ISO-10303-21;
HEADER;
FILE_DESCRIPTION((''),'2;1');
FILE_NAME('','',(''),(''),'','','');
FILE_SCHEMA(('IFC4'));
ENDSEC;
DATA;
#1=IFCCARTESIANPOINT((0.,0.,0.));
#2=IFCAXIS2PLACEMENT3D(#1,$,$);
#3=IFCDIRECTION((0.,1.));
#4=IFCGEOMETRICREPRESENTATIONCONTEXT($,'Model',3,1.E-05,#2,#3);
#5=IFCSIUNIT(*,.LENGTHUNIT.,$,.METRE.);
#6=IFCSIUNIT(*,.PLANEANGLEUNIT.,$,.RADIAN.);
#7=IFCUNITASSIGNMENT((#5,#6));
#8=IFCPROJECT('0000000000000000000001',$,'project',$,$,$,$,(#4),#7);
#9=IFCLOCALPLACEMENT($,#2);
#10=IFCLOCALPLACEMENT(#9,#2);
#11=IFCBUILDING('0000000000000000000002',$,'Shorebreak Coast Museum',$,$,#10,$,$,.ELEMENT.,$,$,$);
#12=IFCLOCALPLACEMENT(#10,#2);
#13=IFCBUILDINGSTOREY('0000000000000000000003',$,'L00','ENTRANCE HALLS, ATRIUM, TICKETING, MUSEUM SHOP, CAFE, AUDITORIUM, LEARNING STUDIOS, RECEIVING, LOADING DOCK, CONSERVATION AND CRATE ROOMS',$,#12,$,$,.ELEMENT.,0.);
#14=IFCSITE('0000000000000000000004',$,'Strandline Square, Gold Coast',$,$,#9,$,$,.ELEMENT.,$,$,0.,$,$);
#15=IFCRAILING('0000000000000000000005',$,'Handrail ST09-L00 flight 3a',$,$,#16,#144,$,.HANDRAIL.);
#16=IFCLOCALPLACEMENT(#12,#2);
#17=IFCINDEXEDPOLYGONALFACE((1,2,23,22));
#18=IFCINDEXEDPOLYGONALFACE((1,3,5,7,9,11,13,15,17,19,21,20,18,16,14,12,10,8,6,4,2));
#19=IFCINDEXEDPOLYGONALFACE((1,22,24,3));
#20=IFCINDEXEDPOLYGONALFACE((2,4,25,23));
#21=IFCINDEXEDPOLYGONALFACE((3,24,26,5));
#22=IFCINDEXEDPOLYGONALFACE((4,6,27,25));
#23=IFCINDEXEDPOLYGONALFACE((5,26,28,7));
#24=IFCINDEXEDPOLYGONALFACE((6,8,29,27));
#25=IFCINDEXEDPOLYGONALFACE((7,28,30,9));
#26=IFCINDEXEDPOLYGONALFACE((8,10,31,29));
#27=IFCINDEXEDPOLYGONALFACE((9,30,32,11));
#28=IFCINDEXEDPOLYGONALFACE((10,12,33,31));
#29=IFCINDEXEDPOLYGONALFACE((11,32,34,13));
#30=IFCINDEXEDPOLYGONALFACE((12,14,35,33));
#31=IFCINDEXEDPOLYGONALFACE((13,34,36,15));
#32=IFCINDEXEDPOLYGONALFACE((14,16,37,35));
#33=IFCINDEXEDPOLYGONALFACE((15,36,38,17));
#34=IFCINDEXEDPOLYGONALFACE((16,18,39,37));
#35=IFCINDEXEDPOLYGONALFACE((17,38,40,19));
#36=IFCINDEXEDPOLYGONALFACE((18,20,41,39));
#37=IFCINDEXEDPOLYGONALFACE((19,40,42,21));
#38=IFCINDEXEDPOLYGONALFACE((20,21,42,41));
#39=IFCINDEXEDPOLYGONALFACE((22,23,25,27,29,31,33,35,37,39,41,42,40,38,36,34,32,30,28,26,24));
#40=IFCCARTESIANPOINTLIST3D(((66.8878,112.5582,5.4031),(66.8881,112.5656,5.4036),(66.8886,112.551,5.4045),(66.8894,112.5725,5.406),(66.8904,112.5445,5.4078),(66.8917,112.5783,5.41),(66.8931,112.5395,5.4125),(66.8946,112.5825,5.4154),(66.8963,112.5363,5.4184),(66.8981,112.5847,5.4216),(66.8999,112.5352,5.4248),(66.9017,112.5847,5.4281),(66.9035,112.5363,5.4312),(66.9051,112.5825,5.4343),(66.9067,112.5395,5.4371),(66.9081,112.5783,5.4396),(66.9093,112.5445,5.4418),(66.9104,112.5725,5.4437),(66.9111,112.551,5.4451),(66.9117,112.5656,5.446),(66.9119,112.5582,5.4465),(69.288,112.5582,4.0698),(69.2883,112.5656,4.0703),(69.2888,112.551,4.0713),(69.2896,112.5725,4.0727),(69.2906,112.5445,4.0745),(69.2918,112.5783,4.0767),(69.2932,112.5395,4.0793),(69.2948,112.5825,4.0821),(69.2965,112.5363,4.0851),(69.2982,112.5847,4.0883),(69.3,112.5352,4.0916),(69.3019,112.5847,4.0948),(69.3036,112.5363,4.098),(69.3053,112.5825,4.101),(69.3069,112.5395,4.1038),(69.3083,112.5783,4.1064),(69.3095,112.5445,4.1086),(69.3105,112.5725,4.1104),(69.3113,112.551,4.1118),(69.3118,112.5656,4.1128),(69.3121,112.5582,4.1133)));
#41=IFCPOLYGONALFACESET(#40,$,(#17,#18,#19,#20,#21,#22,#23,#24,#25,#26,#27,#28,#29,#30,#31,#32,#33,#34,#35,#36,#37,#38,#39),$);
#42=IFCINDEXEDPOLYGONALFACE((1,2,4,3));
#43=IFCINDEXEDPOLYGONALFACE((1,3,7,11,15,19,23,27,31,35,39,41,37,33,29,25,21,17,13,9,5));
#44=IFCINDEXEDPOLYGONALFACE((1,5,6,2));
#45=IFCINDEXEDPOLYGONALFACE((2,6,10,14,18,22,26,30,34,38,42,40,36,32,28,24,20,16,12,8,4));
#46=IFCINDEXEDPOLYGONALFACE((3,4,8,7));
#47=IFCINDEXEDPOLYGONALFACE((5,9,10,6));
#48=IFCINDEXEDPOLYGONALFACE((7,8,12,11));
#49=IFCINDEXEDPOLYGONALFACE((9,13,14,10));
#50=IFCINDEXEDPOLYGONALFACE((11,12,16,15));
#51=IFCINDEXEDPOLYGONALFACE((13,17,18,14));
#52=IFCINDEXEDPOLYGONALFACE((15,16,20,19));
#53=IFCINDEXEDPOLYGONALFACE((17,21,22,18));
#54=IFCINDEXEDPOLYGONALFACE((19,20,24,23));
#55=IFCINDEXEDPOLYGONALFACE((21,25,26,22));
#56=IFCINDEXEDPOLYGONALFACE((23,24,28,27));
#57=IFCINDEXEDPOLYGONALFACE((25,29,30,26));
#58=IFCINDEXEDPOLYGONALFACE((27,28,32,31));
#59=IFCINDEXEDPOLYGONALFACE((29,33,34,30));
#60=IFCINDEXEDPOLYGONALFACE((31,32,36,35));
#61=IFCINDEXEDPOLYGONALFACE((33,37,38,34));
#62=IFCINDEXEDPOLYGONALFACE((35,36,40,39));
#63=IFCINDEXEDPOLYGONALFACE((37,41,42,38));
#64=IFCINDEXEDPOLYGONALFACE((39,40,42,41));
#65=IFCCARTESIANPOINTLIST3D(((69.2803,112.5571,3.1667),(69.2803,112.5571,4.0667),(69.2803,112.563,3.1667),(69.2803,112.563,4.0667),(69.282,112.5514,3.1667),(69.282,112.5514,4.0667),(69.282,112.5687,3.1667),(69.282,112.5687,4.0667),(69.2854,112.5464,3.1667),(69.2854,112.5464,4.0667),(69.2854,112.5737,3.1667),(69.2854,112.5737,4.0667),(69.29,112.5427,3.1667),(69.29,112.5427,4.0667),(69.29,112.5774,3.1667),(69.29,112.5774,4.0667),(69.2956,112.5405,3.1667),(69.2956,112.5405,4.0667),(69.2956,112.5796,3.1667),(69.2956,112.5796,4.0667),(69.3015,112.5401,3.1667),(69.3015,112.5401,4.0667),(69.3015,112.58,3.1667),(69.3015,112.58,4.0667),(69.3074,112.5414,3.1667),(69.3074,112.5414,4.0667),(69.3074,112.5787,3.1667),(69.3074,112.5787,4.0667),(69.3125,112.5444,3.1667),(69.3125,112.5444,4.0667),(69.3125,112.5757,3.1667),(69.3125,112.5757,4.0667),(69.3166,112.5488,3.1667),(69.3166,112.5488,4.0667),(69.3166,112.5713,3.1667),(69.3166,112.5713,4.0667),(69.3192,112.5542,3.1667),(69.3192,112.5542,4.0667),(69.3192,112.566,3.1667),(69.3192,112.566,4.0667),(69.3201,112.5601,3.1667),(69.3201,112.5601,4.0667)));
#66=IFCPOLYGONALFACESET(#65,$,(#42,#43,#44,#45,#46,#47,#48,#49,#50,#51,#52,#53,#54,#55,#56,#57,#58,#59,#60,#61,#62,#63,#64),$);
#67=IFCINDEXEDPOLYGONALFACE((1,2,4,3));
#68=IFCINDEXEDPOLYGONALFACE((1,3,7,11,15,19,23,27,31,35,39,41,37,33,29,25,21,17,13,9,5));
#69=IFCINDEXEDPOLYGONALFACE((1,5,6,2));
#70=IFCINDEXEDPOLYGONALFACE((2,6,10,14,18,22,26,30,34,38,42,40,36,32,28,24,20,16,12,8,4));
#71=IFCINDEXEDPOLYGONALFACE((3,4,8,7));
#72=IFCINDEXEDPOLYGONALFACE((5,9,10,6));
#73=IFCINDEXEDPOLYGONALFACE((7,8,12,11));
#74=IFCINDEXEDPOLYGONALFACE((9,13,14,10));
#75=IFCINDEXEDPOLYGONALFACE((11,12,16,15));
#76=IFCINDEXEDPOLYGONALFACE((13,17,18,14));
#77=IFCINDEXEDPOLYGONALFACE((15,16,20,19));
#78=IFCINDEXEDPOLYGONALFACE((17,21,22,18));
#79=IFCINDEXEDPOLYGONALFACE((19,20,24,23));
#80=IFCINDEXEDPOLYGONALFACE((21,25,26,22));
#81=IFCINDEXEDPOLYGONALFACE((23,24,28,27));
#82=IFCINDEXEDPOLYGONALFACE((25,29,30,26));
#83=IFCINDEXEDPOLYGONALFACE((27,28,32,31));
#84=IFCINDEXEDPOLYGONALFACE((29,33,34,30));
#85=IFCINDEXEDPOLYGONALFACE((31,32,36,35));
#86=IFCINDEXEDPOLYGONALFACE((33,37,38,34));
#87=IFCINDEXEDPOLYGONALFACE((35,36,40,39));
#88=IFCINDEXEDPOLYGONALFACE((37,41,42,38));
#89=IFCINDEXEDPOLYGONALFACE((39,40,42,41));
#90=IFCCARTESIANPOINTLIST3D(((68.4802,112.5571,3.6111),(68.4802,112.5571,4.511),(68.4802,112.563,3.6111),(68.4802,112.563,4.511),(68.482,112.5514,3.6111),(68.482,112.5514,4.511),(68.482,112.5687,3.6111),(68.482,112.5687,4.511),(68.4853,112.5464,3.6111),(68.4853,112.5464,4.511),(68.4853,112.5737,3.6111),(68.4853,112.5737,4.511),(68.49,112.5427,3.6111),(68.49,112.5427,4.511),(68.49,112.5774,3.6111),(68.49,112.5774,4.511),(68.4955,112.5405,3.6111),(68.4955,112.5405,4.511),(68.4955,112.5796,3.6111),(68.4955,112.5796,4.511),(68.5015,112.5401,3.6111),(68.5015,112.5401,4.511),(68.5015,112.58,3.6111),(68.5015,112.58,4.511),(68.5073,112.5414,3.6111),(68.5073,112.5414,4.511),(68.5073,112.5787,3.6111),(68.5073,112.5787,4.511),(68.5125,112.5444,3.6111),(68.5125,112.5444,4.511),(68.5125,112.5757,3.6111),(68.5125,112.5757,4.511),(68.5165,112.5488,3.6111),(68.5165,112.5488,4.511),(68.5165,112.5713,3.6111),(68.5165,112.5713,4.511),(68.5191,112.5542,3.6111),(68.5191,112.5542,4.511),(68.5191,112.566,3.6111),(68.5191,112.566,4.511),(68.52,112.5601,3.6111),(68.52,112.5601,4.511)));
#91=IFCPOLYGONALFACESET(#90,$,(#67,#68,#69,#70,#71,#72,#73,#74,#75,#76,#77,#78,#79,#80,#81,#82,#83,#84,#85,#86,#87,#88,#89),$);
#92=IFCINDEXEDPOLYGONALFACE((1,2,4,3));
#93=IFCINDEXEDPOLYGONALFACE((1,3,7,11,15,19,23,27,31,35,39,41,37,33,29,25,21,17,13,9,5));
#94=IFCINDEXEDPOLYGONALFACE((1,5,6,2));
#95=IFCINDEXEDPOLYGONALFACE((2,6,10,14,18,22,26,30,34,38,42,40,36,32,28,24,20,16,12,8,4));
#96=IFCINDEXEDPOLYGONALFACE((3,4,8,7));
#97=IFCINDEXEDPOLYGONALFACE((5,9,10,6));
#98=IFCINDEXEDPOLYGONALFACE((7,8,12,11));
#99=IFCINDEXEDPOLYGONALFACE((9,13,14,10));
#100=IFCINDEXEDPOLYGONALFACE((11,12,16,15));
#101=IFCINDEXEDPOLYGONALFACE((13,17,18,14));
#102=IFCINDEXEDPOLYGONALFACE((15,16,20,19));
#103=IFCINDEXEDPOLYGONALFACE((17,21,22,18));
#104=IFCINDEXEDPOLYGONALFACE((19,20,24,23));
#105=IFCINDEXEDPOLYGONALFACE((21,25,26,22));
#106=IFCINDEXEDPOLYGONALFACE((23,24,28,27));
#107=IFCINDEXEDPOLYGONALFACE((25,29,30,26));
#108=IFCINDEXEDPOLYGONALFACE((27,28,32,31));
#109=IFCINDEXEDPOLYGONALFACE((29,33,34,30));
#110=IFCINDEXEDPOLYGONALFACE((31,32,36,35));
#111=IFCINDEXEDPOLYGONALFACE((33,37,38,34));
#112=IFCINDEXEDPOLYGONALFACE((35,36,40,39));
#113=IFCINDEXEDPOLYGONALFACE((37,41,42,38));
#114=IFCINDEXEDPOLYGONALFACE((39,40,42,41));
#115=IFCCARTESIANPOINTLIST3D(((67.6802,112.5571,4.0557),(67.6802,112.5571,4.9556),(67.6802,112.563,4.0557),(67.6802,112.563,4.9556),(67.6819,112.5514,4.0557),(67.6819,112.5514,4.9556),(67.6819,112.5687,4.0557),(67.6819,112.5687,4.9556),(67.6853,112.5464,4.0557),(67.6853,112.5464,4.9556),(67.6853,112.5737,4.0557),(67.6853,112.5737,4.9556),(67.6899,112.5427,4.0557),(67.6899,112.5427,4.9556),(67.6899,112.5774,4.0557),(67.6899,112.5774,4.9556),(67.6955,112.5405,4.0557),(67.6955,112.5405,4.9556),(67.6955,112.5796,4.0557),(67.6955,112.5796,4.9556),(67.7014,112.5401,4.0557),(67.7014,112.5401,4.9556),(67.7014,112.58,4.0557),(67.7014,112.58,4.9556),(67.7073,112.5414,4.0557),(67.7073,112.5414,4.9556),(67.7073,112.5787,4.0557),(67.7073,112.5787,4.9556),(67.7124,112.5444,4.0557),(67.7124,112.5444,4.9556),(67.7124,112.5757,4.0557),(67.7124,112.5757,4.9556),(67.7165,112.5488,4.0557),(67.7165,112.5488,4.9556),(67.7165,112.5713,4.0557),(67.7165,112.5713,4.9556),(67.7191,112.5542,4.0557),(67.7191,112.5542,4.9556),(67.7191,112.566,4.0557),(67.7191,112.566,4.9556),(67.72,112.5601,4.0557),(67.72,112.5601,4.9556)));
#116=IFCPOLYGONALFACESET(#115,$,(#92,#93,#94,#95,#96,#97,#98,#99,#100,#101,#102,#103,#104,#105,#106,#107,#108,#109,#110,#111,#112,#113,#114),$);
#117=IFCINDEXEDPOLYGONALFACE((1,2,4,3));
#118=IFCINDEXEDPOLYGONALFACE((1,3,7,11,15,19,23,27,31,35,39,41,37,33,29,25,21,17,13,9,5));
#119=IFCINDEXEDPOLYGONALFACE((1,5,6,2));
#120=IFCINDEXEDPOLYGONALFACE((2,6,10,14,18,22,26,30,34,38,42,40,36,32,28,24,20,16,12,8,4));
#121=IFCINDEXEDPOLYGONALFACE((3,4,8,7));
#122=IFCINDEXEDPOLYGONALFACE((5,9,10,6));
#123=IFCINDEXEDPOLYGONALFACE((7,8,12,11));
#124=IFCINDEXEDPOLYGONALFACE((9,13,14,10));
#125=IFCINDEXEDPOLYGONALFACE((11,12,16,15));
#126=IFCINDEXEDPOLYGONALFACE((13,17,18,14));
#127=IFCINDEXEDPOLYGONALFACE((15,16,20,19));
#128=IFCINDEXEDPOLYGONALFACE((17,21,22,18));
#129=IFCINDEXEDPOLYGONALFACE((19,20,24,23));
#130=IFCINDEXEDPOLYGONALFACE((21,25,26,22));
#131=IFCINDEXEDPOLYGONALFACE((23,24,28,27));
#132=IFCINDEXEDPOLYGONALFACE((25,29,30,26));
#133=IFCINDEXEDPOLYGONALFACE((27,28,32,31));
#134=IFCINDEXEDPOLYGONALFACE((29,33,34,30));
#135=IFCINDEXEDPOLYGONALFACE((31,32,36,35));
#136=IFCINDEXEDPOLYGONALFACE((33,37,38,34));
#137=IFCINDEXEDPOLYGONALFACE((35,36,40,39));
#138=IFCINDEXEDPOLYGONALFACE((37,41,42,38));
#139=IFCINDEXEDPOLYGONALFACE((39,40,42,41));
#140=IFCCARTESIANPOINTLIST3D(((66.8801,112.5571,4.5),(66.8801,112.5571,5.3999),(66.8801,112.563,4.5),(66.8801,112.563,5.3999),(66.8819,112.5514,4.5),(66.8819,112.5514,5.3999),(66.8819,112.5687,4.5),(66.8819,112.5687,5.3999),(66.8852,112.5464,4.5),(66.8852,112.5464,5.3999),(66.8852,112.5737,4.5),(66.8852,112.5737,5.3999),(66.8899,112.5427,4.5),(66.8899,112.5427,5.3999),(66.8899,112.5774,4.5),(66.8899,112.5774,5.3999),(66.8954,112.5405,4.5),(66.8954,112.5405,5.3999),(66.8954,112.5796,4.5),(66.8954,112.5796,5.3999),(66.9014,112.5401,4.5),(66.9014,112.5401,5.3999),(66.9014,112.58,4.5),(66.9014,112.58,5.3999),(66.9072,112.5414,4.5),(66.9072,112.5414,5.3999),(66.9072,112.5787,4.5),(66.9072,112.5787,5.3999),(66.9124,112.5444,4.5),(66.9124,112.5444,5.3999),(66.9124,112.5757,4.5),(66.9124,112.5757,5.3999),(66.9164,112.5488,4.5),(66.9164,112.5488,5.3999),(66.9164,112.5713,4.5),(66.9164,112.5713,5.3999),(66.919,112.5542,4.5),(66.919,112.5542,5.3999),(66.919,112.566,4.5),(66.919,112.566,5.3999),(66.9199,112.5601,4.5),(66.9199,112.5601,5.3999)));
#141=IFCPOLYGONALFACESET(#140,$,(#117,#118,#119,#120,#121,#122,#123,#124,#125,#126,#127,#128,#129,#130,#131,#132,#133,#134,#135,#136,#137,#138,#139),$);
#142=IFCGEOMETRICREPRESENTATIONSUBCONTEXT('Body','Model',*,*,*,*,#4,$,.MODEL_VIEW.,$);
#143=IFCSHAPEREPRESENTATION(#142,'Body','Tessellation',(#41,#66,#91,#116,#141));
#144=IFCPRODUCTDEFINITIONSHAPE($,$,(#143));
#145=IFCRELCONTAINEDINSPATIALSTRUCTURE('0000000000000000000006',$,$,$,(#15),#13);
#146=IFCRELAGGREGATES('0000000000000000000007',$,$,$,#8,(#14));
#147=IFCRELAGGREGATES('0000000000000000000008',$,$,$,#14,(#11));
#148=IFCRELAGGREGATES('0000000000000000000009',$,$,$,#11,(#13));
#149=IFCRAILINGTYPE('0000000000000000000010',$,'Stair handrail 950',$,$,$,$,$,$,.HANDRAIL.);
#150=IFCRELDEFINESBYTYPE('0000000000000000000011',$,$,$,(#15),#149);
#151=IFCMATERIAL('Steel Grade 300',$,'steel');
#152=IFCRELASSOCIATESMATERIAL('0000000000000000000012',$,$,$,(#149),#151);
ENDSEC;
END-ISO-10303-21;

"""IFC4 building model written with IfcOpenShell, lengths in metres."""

from ifc_helpers import new_model, si_unit, direction, frame, origin, origin_2d, place, context, subcontext, project, spatial, circle, extrude, material, type_object, element, save


model = new_model("IFC4")

# Units and contexts
model_context = context("Model", 3, precision=1e-05, world=origin(), true_north=direction((0.0, 1.0)))
body_context = subcontext(model_context, "Body", "Model", "MODEL_VIEW")
ifc_project = project(units=[si_unit("LENGTHUNIT", "METRE"), si_unit("PLANEANGLEUNIT", "RADIAN")], contexts=[model_context])

# Site, building, storey
site_placement = place(None, origin())
site = spatial("IfcSite", under=ifc_project, at=site_placement, Name="Strandline Square, Gold Coast", CompositionType="ELEMENT", RefElevation=0.0)
building_placement = place(site_placement, origin())
building = spatial("IfcBuilding", under=site, at=building_placement, Name="Shorebreak Coast Museum", CompositionType="ELEMENT")
storey_placement = place(building_placement, origin())
storey = spatial("IfcBuildingStorey", under=building, at=storey_placement, Name="L00", Description="ENTRANCE HALLS, ATRIUM, TICKETING, MUSEUM SHOP, CAFE, AUDITORIUM, LEARNING STUDIOS, RECEIVING, LOADING DOCK, CONSERVATION AND CRATE ROOMS", CompositionType="ELEMENT", Elevation=0.0)

# Railing
ifc_material_1 = material(Name="Steel Grade 300", Category="steel")
railing_type_1 = type_object("IfcRailingType", Name="Stair handrail 950", PredefinedType="HANDRAIL", material=ifc_material_1)
railing_1_placement = place(storey_placement, frame((69.3, 112.5601, 3.1667)))
element("IfcRailing", 1, at=railing_1_placement, inside=storey, type_object=railing_type_1, Name="Handrail ST09-L00 flight 3a", PredefinedType="HANDRAIL", context=body_context, shape_type="SweptSolid", body=[
    extrude(circle(Radius=0.0249, at=origin_2d()), frame((0.0, 0.0, 0.9248), z_axis=(-0.874182, 0.0, 0.485598), x_axis=(0.0, -1.0, 0.0)), (0.0, 0.0, 1.0), 2.7456),
    extrude(circle(Radius=0.02, at=origin_2d()), origin(), (0.0, 0.0, 1.0), 0.8999),
    extrude(circle(Radius=0.02, at=origin_2d()), frame((-0.8, 0.0, 0.4443)), (0.0, 0.0, 1.0), 0.8999),
    extrude(circle(Radius=0.02, at=origin_2d()), frame((-1.6001, 0.0, 0.8889)), (0.0, 0.0, 1.0), 0.8999),
    extrude(circle(Radius=0.02, at=origin_2d()), frame((-2.4001, 0.0, 1.3333)), (0.0, 0.0, 1.0), 0.8999),
])

save(model, "model.ifc")
